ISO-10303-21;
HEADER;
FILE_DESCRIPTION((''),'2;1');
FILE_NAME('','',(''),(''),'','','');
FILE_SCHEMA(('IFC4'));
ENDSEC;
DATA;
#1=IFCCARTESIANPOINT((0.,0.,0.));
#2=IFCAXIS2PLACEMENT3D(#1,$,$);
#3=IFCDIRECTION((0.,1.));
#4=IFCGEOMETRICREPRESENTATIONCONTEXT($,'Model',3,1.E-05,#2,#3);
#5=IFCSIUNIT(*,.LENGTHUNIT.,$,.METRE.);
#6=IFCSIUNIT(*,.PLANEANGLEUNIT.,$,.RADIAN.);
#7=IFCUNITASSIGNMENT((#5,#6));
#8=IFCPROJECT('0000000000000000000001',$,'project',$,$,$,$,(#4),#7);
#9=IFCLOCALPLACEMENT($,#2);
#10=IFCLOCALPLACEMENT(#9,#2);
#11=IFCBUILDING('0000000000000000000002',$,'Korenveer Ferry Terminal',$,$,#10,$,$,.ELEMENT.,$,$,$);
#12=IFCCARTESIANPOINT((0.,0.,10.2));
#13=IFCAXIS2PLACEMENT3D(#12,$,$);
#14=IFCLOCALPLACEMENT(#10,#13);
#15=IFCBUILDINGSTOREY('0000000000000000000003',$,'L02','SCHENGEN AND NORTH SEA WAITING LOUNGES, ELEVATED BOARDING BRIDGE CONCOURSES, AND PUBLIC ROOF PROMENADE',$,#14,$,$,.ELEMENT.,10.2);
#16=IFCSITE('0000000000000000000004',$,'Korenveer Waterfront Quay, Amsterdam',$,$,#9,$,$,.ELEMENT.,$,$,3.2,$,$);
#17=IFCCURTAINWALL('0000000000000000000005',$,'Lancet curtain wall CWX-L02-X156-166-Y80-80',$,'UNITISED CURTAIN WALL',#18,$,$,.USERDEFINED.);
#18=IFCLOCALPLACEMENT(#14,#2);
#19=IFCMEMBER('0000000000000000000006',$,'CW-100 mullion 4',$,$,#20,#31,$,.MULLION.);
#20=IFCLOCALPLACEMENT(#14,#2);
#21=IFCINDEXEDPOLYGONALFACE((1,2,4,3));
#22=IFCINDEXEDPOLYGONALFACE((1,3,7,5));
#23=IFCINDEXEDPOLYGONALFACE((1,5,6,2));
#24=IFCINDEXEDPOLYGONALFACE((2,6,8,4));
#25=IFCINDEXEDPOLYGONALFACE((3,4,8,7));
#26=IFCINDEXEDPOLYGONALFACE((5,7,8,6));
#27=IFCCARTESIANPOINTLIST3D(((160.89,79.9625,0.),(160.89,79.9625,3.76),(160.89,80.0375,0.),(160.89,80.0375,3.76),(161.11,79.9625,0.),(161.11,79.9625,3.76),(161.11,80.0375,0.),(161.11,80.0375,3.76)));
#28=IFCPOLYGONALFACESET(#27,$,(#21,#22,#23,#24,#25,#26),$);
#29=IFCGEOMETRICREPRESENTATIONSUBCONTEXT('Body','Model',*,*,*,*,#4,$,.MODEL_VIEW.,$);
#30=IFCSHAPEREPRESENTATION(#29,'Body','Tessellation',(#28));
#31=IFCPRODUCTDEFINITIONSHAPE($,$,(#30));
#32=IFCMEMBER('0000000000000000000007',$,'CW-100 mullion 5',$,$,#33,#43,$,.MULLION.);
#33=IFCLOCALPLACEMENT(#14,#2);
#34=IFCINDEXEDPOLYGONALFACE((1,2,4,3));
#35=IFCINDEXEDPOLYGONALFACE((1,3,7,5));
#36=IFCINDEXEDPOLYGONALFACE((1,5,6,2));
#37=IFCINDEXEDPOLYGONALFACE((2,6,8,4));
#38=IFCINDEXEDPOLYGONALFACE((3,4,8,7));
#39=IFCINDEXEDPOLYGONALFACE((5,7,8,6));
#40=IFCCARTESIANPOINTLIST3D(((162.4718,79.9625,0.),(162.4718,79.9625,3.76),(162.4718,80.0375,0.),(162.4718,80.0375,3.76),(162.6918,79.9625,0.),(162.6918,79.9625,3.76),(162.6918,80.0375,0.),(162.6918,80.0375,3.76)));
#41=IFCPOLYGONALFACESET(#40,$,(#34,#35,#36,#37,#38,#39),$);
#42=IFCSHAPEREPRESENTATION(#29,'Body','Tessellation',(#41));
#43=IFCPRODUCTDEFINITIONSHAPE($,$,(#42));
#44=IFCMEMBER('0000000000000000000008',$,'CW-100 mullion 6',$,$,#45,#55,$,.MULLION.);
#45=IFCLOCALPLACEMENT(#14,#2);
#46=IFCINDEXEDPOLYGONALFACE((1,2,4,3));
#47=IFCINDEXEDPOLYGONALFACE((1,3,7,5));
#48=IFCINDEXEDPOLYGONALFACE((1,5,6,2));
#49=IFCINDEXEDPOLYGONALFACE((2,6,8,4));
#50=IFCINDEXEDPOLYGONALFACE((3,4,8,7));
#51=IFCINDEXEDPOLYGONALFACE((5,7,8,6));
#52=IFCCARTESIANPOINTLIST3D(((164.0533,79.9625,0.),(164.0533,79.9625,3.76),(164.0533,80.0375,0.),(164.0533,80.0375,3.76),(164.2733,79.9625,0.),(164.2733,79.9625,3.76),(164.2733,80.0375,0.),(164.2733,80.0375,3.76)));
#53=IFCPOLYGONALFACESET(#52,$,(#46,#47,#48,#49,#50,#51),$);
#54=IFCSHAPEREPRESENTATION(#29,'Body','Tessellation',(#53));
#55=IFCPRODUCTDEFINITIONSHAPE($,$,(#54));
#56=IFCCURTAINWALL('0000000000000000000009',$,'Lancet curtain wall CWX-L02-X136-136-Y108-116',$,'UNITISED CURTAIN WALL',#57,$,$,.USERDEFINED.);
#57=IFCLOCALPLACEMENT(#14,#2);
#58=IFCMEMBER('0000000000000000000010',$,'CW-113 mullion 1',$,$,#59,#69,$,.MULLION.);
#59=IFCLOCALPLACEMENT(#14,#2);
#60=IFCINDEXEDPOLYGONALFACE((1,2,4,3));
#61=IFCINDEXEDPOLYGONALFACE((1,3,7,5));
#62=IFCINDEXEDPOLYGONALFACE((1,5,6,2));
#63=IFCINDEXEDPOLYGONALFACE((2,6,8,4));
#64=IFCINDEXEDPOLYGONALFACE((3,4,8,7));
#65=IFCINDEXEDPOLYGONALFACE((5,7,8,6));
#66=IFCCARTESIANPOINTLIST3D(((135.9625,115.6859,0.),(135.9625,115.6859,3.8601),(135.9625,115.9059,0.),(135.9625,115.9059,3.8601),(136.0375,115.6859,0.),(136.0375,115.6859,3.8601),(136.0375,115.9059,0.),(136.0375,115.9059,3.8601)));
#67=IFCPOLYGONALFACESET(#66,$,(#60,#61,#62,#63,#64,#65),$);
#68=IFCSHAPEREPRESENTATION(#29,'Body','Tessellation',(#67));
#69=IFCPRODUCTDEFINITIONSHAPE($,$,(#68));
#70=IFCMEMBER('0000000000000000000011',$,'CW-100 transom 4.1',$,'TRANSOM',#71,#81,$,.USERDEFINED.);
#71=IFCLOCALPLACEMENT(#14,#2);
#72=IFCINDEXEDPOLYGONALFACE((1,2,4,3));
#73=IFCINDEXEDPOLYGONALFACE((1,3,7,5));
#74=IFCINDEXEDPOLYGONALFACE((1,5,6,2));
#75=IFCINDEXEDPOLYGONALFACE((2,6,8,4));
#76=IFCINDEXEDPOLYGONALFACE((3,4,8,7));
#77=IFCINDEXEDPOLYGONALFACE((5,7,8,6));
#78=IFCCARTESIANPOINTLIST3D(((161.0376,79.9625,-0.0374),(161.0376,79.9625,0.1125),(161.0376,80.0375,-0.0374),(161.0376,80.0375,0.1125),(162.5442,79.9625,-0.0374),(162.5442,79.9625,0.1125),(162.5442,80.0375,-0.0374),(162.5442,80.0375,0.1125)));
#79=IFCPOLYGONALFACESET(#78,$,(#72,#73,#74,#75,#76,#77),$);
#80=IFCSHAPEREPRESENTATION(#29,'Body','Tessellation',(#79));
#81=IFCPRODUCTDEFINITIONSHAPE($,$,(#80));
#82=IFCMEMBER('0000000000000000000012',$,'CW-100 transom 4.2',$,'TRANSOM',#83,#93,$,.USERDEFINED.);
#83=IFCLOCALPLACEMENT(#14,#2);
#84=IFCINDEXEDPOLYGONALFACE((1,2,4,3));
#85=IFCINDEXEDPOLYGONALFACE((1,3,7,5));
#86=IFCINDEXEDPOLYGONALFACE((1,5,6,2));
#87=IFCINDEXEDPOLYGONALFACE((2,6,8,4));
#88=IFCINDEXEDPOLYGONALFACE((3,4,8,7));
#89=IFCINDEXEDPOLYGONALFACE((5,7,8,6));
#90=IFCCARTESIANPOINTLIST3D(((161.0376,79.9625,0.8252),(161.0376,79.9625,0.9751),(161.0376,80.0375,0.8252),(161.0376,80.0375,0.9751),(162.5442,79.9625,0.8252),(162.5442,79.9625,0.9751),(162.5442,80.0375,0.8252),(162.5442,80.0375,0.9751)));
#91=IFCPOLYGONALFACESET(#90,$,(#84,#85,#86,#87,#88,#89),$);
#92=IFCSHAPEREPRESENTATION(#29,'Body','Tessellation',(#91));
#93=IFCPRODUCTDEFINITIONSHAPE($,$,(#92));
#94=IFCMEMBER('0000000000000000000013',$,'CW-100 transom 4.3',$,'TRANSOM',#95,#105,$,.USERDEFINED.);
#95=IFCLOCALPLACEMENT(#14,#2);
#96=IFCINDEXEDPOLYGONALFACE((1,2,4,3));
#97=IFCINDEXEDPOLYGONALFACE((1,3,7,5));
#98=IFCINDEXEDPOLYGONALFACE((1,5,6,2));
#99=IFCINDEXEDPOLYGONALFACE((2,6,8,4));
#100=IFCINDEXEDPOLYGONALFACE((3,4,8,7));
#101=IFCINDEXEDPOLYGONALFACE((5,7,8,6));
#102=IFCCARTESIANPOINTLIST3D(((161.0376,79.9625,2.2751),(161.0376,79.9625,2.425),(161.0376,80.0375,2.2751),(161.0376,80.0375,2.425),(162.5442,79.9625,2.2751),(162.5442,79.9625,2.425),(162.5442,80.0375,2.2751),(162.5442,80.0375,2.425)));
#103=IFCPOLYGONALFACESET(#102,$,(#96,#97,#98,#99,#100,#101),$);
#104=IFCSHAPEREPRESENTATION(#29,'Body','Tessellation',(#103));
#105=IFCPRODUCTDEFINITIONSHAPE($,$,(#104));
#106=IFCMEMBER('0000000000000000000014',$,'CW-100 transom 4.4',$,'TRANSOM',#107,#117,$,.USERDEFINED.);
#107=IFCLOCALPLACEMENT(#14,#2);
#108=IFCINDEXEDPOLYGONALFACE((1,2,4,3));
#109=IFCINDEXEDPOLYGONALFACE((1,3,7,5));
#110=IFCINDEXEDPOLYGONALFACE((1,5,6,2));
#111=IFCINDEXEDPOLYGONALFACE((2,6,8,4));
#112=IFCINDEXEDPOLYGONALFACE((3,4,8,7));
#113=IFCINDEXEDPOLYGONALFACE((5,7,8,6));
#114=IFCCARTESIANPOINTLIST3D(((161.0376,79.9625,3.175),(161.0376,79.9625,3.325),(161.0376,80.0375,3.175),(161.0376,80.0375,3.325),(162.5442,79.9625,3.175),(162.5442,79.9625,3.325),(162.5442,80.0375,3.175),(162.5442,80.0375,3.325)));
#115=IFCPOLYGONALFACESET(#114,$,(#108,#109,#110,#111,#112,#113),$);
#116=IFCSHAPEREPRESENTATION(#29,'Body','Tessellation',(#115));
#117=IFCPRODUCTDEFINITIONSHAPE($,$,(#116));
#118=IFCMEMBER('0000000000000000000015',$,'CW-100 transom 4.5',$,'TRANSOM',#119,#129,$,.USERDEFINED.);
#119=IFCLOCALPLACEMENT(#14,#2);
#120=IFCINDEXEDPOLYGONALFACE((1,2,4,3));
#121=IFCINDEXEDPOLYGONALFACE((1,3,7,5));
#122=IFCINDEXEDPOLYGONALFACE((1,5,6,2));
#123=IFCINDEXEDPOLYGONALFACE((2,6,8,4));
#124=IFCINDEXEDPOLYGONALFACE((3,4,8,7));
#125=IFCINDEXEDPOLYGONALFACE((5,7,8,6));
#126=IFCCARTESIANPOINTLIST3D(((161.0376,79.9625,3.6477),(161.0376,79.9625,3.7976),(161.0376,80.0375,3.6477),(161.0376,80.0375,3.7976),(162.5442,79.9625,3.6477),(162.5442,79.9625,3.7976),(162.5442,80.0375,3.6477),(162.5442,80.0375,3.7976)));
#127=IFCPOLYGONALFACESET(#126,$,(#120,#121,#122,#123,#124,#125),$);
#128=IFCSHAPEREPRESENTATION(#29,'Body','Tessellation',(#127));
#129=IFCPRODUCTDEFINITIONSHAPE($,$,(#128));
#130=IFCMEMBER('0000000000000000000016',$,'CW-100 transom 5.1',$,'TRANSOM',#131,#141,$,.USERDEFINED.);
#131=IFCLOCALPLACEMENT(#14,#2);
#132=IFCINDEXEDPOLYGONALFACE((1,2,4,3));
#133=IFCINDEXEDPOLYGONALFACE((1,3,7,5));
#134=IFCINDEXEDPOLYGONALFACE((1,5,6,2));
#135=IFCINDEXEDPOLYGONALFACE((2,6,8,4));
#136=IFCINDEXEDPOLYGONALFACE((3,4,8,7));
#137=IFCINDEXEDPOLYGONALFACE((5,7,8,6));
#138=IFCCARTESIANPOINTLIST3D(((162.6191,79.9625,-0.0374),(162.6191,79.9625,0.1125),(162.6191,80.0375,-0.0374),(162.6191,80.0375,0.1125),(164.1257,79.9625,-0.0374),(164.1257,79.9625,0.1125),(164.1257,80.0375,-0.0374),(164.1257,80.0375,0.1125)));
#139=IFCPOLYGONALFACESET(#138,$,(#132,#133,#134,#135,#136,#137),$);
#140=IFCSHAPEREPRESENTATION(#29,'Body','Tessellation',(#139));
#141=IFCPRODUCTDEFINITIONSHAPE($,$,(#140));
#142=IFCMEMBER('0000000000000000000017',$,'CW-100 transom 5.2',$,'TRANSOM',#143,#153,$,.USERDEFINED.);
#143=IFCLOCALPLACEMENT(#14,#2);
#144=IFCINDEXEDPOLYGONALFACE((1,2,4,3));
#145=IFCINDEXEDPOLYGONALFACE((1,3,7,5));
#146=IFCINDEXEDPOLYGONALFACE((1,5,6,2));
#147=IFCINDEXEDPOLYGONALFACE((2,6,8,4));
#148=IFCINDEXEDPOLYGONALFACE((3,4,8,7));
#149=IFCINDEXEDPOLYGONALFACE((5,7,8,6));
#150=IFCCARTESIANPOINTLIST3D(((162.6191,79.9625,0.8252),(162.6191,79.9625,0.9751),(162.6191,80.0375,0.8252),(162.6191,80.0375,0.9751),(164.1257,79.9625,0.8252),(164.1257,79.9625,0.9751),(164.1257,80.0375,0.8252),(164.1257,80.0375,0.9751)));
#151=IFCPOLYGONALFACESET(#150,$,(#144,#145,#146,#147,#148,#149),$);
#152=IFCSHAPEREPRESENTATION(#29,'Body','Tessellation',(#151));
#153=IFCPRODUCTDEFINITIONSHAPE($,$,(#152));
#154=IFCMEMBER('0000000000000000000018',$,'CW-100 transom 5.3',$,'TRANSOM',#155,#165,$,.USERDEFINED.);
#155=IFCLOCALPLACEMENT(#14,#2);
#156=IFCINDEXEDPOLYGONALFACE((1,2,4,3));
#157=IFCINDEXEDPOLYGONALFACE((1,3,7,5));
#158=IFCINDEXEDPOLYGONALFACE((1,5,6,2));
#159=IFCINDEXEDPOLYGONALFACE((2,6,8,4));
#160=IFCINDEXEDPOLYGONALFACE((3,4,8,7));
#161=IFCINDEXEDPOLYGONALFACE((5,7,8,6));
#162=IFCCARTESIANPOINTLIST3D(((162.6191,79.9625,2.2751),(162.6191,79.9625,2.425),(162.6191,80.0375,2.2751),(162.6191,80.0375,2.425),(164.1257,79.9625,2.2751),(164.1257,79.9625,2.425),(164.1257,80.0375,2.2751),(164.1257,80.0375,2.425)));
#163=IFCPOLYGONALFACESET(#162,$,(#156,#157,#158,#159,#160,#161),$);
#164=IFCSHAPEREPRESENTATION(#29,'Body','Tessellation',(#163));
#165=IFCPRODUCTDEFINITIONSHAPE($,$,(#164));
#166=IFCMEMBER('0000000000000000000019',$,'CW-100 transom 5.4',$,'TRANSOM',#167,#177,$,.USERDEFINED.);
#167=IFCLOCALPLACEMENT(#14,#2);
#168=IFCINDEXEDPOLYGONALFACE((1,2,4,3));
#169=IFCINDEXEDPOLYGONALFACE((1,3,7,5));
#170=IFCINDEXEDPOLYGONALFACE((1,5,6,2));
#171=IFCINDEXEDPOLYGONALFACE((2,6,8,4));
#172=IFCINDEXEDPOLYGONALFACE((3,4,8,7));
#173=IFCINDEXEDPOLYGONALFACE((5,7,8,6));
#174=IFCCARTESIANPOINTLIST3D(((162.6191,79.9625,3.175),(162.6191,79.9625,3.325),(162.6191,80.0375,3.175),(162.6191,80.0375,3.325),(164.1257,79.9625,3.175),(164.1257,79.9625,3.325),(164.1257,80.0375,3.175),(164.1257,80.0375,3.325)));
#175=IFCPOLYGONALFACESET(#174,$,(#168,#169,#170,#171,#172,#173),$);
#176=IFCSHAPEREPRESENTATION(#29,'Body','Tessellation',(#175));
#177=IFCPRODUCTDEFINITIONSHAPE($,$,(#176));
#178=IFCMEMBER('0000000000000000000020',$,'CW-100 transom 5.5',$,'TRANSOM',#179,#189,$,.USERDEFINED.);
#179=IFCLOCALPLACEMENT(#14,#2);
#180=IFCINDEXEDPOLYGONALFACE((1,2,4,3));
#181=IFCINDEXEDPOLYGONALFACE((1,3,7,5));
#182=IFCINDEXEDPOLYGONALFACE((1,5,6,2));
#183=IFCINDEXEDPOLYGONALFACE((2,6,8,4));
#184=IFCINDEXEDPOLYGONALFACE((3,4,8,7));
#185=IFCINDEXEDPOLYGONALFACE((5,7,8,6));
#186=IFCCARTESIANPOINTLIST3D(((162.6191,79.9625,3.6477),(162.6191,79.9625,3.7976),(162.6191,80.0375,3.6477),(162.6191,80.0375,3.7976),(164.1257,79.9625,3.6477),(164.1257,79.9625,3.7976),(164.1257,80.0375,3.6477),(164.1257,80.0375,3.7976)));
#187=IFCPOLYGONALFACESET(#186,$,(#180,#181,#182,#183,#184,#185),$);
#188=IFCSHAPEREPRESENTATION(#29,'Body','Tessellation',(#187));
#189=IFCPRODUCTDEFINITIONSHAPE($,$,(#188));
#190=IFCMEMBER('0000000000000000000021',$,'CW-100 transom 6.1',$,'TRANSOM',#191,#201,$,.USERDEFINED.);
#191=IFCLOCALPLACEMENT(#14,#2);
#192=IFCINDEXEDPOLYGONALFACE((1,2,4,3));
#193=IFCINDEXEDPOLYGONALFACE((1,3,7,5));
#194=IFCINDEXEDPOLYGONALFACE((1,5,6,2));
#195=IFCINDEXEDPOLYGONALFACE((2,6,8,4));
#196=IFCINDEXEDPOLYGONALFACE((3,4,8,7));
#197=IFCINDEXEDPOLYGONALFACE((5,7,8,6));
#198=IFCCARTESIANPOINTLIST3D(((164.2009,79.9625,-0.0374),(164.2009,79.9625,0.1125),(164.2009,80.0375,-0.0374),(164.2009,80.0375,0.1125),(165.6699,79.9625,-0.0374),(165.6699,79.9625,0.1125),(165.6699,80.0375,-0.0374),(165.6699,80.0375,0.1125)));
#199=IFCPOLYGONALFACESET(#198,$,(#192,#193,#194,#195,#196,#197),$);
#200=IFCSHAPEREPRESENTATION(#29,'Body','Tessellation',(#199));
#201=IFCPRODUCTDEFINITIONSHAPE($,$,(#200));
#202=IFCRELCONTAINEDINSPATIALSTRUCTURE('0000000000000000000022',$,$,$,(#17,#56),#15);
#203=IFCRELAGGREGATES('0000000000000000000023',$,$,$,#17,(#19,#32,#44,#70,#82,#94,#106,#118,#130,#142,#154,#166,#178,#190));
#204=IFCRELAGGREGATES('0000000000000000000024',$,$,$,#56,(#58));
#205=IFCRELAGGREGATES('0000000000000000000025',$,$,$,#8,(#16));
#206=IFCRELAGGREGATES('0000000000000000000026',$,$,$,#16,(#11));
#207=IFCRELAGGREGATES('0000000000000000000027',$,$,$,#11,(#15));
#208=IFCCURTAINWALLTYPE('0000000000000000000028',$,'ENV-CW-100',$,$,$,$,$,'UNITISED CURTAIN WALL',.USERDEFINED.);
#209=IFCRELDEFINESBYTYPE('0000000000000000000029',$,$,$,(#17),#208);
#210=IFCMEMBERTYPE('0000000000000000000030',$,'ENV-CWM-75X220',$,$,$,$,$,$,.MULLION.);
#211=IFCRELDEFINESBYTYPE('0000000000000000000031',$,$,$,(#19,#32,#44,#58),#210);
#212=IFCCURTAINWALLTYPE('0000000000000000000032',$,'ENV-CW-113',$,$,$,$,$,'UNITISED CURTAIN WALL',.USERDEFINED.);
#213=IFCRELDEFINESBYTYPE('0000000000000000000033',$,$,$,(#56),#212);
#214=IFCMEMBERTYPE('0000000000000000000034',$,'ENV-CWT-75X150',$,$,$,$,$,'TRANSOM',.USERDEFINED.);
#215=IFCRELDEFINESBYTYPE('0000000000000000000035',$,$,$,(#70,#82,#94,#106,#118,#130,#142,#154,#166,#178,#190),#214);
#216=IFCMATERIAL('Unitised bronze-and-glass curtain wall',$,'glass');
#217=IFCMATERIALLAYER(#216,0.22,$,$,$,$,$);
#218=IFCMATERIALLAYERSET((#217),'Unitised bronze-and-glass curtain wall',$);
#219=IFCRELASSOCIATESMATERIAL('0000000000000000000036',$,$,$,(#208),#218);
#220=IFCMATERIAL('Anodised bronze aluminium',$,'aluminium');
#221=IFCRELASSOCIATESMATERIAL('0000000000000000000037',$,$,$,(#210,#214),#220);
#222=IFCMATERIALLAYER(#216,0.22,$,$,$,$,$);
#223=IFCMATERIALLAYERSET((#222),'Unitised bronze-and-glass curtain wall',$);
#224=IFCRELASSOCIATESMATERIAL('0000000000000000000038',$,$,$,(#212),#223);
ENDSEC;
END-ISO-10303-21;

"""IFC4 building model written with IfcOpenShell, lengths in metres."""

from ifc_helpers import new_model, si_unit, direction, frame, origin, origin_2d, place, context, subcontext, project, spatial, rectangle, extrude, material, layer, layer_set, material_profile, profile_set, type_object, element, aggregate, save


model = new_model("IFC4")

# Units and contexts
model_context = context("Model", 3, precision=1e-05, world=origin(), true_north=direction((0.0, 1.0)))
body_context = subcontext(model_context, "Body", "Model", "MODEL_VIEW")
ifc_project = project(units=[si_unit("LENGTHUNIT", "METRE"), si_unit("PLANEANGLEUNIT", "RADIAN")], contexts=[model_context])

# Site, building, storey
site_placement = place(None, origin())
site = spatial("IfcSite", under=ifc_project, at=site_placement, Name="Korenveer Waterfront Quay, Amsterdam", CompositionType="ELEMENT", RefElevation=3.2)
building_placement = place(site_placement, origin())
building = spatial("IfcBuilding", under=site, at=building_placement, Name="Korenveer Ferry Terminal", CompositionType="ELEMENT")
storey_placement = place(building_placement, frame((0.0, 0.0, 10.2)))
storey = spatial("IfcBuildingStorey", under=building, at=storey_placement, Name="L02", Description="SCHENGEN AND NORTH SEA WAITING LOUNGES, ELEVATED BOARDING BRIDGE CONCOURSES, AND PUBLIC ROOF PROMENADE", CompositionType="ELEMENT", Elevation=10.2)

# Curtain wall, members
ifc_material_1 = material(Name="Unitised bronze-and-glass curtain wall", Category="glass")
ifc_layer_1 = layer(ifc_material_1, 0.22)
ifc_layer_set_1 = layer_set([ifc_layer_1], Name="Unitised bronze-and-glass curtain wall")
curtain_wall_type_1 = type_object("IfcCurtainWallType", Name="ENV-CW-100", ElementType="UNITISED CURTAIN WALL", PredefinedType="USERDEFINED", material=ifc_layer_set_1)
curtain_wall_1_placement = place(storey_placement, frame((156.2549, 80.0, 0.0)))
curtain_wall_1 = element("IfcCurtainWall", 1, at=curtain_wall_1_placement, inside=storey, type_object=curtain_wall_type_1, Name="Lancet curtain wall CWX-L02-X156-166-Y80-80", ObjectType="UNITISED CURTAIN WALL", PredefinedType="USERDEFINED")
ifc_material_2 = material(Name="Anodised bronze aluminium", Category="aluminium")
ifc_material_profile_1 = material_profile(ifc_material_2, rectangle(XDim=0.075, YDim=0.22, at=origin_2d()), Name="ALU 75x220")
ifc_profile_set_1 = profile_set([ifc_material_profile_1], Name="Anodised bronze aluminium")
member_type_1 = type_object("IfcMemberType", Name="ENV-CWM-75X220", PredefinedType="MULLION", material=ifc_profile_set_1)
member_1_placement = place(storey_placement, frame((161.0, 80.0, 0.0), z_axis=(0.0, 0.0, 1.0), x_axis=(0.0, 1.0, 0.0)))
member_1 = element("IfcMember", 2, at=member_1_placement, type_object=member_type_1, Name="CW-100 mullion 4", PredefinedType="MULLION", context=body_context, shape_type="SweptSolid", body=[
    extrude(rectangle(XDim=0.075, YDim=0.22, at=origin_2d()), origin(), (0.0, 0.0, 1.0), 3.76),
])
member_2_placement = place(storey_placement, frame((162.5818, 80.0, 0.0), z_axis=(0.0, 0.0, 1.0), x_axis=(0.0, 1.0, 0.0)))
member_2 = element("IfcMember", 3, at=member_2_placement, type_object=member_type_1, Name="CW-100 mullion 5", PredefinedType="MULLION", context=body_context, shape_type="SweptSolid", body=[
    extrude(rectangle(XDim=0.075, YDim=0.22, at=origin_2d()), origin(), (0.0, 0.0, 1.0), 3.76),
])
member_3_placement = place(storey_placement, frame((164.1633, 80.0, 0.0), z_axis=(0.0, 0.0, 1.0), x_axis=(0.0, 1.0, 0.0)))
member_3 = element("IfcMember", 4, at=member_3_placement, type_object=member_type_1, Name="CW-100 mullion 6", PredefinedType="MULLION", context=body_context, shape_type="SweptSolid", body=[
    extrude(rectangle(XDim=0.075, YDim=0.22, at=origin_2d()), origin(), (0.0, 0.0, 1.0), 3.76),
])

# Curtain wall, member
ifc_layer_2 = layer(ifc_material_1, 0.22)
ifc_layer_set_2 = layer_set([ifc_layer_2], Name="Unitised bronze-and-glass curtain wall")
curtain_wall_type_2 = type_object("IfcCurtainWallType", Name="ENV-CW-113", ElementType="UNITISED CURTAIN WALL", PredefinedType="USERDEFINED", material=ifc_layer_set_2)
curtain_wall_2_placement = place(storey_placement, frame((136.0, 115.8335, 0.0)))
curtain_wall_2 = element("IfcCurtainWall", 5, at=curtain_wall_2_placement, inside=storey, type_object=curtain_wall_type_2, Name="Lancet curtain wall CWX-L02-X136-136-Y108-116", ObjectType="UNITISED CURTAIN WALL", PredefinedType="USERDEFINED")
member_4_placement = place(storey_placement, frame((136.0, 115.7959, 0.0), z_axis=(0.0, 0.0, 1.0), x_axis=(1.0, 0.0, 0.0)))
member_4 = element("IfcMember", 6, at=member_4_placement, type_object=member_type_1, Name="CW-113 mullion 1", PredefinedType="MULLION", context=body_context, shape_type="SweptSolid", body=[
    extrude(rectangle(XDim=0.075, YDim=0.22, at=origin_2d()), origin(), (0.0, 0.0, 1.0), 3.8601),
])

# Members
ifc_material_profile_2 = material_profile(ifc_material_2, rectangle(XDim=0.075, YDim=0.1499, at=origin_2d()), Name="ALU 75x150")
ifc_profile_set_2 = profile_set([ifc_material_profile_2], Name="Anodised bronze aluminium")
member_type_2 = type_object("IfcMemberType", Name="ENV-CWT-75X150", ElementType="TRANSOM", PredefinedType="USERDEFINED", material=ifc_profile_set_2)
member_5_placement = place(storey_placement, frame((161.0376, 80.0, 0.0376), z_axis=(1.0, 0.0, 0.0), x_axis=(0.0, 1.0, 0.0)))
member_5 = element("IfcMember", 7, at=member_5_placement, type_object=member_type_2, Name="CW-100 transom 4.1", ObjectType="TRANSOM", PredefinedType="USERDEFINED", context=body_context, shape_type="SweptSolid", body=[
    extrude(rectangle(XDim=0.075, YDim=0.1499, at=origin_2d()), origin(), (0.0, 0.0, 1.0), 1.5066),
])
member_6_placement = place(storey_placement, frame((161.0376, 80.0, 0.9001), z_axis=(1.0, 0.0, 0.0), x_axis=(0.0, 1.0, 0.0)))
member_6 = element("IfcMember", 8, at=member_6_placement, type_object=member_type_2, Name="CW-100 transom 4.2", ObjectType="TRANSOM", PredefinedType="USERDEFINED", context=body_context, shape_type="SweptSolid", body=[
    extrude(rectangle(XDim=0.075, YDim=0.1499, at=origin_2d()), origin(), (0.0, 0.0, 1.0), 1.5066),
])
member_7_placement = place(storey_placement, frame((161.0376, 80.0, 2.3501), z_axis=(1.0, 0.0, 0.0), x_axis=(0.0, 1.0, 0.0)))
member_7 = element("IfcMember", 9, at=member_7_placement, type_object=member_type_2, Name="CW-100 transom 4.3", ObjectType="TRANSOM", PredefinedType="USERDEFINED", context=body_context, shape_type="SweptSolid", body=[
    extrude(rectangle(XDim=0.075, YDim=0.1499, at=origin_2d()), origin(), (0.0, 0.0, 1.0), 1.5066),
])
member_8_placement = place(storey_placement, frame((161.0376, 80.0, 3.25), z_axis=(1.0, 0.0, 0.0), x_axis=(0.0, 1.0, 0.0)))
member_8 = element("IfcMember", 10, at=member_8_placement, type_object=member_type_2, Name="CW-100 transom 4.4", ObjectType="TRANSOM", PredefinedType="USERDEFINED", context=body_context, shape_type="SweptSolid", body=[
    extrude(rectangle(XDim=0.075, YDim=0.1499, at=origin_2d()), origin(), (0.0, 0.0, 1.0), 1.5066),
])
member_9_placement = place(storey_placement, frame((161.0376, 80.0, 3.7227), z_axis=(1.0, 0.0, 0.0), x_axis=(0.0, 1.0, 0.0)))
member_9 = element("IfcMember", 11, at=member_9_placement, type_object=member_type_2, Name="CW-100 transom 4.5", ObjectType="TRANSOM", PredefinedType="USERDEFINED", context=body_context, shape_type="SweptSolid", body=[
    extrude(rectangle(XDim=0.075, YDim=0.1499, at=origin_2d()), origin(), (0.0, 0.0, 1.0), 1.5066),
])
member_10_placement = place(storey_placement, frame((162.6191, 80.0, 0.0376), z_axis=(1.0, 0.0, 0.0), x_axis=(0.0, 1.0, 0.0)))
member_10 = element("IfcMember", 12, at=member_10_placement, type_object=member_type_2, Name="CW-100 transom 5.1", ObjectType="TRANSOM", PredefinedType="USERDEFINED", context=body_context, shape_type="SweptSolid", body=[
    extrude(rectangle(XDim=0.075, YDim=0.1499, at=origin_2d()), origin(), (0.0, 0.0, 1.0), 1.5066),
])
member_11_placement = place(storey_placement, frame((162.6191, 80.0, 0.9001), z_axis=(1.0, 0.0, 0.0), x_axis=(0.0, 1.0, 0.0)))
member_11 = element("IfcMember", 13, at=member_11_placement, type_object=member_type_2, Name="CW-100 transom 5.2", ObjectType="TRANSOM", PredefinedType="USERDEFINED", context=body_context, shape_type="SweptSolid", body=[
    extrude(rectangle(XDim=0.075, YDim=0.1499, at=origin_2d()), origin(), (0.0, 0.0, 1.0), 1.5066),
])
member_12_placement = place(storey_placement, frame((162.6191, 80.0, 2.3501), z_axis=(1.0, 0.0, 0.0), x_axis=(0.0, 1.0, 0.0)))
member_12 = element("IfcMember", 14, at=member_12_placement, type_object=member_type_2, Name="CW-100 transom 5.3", ObjectType="TRANSOM", PredefinedType="USERDEFINED", context=body_context, shape_type="SweptSolid", body=[
    extrude(rectangle(XDim=0.075, YDim=0.1499, at=origin_2d()), origin(), (0.0, 0.0, 1.0), 1.5066),
])
member_13_placement = place(storey_placement, frame((162.6191, 80.0, 3.25), z_axis=(1.0, 0.0, 0.0), x_axis=(0.0, 1.0, 0.0)))
member_13 = element("IfcMember", 15, at=member_13_placement, type_object=member_type_2, Name="CW-100 transom 5.4", ObjectType="TRANSOM", PredefinedType="USERDEFINED", context=body_context, shape_type="SweptSolid", body=[
    extrude(rectangle(XDim=0.075, YDim=0.1499, at=origin_2d()), origin(), (0.0, 0.0, 1.0), 1.5066),
])
member_14_placement = place(storey_placement, frame((162.6191, 80.0, 3.7227), z_axis=(1.0, 0.0, 0.0), x_axis=(0.0, 1.0, 0.0)))
member_14 = element("IfcMember", 16, at=member_14_placement, type_object=member_type_2, Name="CW-100 transom 5.5", ObjectType="TRANSOM", PredefinedType="USERDEFINED", context=body_context, shape_type="SweptSolid", body=[
    extrude(rectangle(XDim=0.075, YDim=0.1499, at=origin_2d()), origin(), (0.0, 0.0, 1.0), 1.5066),
])
member_15_placement = place(storey_placement, frame((164.2009, 80.0, 0.0376), z_axis=(1.0, 0.0, 0.0), x_axis=(0.0, 1.0, 0.0)))
member_15 = element("IfcMember", 17, at=member_15_placement, type_object=member_type_2, Name="CW-100 transom 6.1", ObjectType="TRANSOM", PredefinedType="USERDEFINED", context=body_context, shape_type="SweptSolid", body=[
    extrude(rectangle(XDim=0.075, YDim=0.1499, at=origin_2d()), origin(), (0.0, 0.0, 1.0), 1.469),
])

aggregate(curtain_wall_1, [member_1, member_2, member_3, member_5, member_6, member_7, member_8, member_9, member_10, member_11, member_12, member_13, member_14, member_15])
aggregate(curtain_wall_2, [member_4])

save(model, "model.ifc")
